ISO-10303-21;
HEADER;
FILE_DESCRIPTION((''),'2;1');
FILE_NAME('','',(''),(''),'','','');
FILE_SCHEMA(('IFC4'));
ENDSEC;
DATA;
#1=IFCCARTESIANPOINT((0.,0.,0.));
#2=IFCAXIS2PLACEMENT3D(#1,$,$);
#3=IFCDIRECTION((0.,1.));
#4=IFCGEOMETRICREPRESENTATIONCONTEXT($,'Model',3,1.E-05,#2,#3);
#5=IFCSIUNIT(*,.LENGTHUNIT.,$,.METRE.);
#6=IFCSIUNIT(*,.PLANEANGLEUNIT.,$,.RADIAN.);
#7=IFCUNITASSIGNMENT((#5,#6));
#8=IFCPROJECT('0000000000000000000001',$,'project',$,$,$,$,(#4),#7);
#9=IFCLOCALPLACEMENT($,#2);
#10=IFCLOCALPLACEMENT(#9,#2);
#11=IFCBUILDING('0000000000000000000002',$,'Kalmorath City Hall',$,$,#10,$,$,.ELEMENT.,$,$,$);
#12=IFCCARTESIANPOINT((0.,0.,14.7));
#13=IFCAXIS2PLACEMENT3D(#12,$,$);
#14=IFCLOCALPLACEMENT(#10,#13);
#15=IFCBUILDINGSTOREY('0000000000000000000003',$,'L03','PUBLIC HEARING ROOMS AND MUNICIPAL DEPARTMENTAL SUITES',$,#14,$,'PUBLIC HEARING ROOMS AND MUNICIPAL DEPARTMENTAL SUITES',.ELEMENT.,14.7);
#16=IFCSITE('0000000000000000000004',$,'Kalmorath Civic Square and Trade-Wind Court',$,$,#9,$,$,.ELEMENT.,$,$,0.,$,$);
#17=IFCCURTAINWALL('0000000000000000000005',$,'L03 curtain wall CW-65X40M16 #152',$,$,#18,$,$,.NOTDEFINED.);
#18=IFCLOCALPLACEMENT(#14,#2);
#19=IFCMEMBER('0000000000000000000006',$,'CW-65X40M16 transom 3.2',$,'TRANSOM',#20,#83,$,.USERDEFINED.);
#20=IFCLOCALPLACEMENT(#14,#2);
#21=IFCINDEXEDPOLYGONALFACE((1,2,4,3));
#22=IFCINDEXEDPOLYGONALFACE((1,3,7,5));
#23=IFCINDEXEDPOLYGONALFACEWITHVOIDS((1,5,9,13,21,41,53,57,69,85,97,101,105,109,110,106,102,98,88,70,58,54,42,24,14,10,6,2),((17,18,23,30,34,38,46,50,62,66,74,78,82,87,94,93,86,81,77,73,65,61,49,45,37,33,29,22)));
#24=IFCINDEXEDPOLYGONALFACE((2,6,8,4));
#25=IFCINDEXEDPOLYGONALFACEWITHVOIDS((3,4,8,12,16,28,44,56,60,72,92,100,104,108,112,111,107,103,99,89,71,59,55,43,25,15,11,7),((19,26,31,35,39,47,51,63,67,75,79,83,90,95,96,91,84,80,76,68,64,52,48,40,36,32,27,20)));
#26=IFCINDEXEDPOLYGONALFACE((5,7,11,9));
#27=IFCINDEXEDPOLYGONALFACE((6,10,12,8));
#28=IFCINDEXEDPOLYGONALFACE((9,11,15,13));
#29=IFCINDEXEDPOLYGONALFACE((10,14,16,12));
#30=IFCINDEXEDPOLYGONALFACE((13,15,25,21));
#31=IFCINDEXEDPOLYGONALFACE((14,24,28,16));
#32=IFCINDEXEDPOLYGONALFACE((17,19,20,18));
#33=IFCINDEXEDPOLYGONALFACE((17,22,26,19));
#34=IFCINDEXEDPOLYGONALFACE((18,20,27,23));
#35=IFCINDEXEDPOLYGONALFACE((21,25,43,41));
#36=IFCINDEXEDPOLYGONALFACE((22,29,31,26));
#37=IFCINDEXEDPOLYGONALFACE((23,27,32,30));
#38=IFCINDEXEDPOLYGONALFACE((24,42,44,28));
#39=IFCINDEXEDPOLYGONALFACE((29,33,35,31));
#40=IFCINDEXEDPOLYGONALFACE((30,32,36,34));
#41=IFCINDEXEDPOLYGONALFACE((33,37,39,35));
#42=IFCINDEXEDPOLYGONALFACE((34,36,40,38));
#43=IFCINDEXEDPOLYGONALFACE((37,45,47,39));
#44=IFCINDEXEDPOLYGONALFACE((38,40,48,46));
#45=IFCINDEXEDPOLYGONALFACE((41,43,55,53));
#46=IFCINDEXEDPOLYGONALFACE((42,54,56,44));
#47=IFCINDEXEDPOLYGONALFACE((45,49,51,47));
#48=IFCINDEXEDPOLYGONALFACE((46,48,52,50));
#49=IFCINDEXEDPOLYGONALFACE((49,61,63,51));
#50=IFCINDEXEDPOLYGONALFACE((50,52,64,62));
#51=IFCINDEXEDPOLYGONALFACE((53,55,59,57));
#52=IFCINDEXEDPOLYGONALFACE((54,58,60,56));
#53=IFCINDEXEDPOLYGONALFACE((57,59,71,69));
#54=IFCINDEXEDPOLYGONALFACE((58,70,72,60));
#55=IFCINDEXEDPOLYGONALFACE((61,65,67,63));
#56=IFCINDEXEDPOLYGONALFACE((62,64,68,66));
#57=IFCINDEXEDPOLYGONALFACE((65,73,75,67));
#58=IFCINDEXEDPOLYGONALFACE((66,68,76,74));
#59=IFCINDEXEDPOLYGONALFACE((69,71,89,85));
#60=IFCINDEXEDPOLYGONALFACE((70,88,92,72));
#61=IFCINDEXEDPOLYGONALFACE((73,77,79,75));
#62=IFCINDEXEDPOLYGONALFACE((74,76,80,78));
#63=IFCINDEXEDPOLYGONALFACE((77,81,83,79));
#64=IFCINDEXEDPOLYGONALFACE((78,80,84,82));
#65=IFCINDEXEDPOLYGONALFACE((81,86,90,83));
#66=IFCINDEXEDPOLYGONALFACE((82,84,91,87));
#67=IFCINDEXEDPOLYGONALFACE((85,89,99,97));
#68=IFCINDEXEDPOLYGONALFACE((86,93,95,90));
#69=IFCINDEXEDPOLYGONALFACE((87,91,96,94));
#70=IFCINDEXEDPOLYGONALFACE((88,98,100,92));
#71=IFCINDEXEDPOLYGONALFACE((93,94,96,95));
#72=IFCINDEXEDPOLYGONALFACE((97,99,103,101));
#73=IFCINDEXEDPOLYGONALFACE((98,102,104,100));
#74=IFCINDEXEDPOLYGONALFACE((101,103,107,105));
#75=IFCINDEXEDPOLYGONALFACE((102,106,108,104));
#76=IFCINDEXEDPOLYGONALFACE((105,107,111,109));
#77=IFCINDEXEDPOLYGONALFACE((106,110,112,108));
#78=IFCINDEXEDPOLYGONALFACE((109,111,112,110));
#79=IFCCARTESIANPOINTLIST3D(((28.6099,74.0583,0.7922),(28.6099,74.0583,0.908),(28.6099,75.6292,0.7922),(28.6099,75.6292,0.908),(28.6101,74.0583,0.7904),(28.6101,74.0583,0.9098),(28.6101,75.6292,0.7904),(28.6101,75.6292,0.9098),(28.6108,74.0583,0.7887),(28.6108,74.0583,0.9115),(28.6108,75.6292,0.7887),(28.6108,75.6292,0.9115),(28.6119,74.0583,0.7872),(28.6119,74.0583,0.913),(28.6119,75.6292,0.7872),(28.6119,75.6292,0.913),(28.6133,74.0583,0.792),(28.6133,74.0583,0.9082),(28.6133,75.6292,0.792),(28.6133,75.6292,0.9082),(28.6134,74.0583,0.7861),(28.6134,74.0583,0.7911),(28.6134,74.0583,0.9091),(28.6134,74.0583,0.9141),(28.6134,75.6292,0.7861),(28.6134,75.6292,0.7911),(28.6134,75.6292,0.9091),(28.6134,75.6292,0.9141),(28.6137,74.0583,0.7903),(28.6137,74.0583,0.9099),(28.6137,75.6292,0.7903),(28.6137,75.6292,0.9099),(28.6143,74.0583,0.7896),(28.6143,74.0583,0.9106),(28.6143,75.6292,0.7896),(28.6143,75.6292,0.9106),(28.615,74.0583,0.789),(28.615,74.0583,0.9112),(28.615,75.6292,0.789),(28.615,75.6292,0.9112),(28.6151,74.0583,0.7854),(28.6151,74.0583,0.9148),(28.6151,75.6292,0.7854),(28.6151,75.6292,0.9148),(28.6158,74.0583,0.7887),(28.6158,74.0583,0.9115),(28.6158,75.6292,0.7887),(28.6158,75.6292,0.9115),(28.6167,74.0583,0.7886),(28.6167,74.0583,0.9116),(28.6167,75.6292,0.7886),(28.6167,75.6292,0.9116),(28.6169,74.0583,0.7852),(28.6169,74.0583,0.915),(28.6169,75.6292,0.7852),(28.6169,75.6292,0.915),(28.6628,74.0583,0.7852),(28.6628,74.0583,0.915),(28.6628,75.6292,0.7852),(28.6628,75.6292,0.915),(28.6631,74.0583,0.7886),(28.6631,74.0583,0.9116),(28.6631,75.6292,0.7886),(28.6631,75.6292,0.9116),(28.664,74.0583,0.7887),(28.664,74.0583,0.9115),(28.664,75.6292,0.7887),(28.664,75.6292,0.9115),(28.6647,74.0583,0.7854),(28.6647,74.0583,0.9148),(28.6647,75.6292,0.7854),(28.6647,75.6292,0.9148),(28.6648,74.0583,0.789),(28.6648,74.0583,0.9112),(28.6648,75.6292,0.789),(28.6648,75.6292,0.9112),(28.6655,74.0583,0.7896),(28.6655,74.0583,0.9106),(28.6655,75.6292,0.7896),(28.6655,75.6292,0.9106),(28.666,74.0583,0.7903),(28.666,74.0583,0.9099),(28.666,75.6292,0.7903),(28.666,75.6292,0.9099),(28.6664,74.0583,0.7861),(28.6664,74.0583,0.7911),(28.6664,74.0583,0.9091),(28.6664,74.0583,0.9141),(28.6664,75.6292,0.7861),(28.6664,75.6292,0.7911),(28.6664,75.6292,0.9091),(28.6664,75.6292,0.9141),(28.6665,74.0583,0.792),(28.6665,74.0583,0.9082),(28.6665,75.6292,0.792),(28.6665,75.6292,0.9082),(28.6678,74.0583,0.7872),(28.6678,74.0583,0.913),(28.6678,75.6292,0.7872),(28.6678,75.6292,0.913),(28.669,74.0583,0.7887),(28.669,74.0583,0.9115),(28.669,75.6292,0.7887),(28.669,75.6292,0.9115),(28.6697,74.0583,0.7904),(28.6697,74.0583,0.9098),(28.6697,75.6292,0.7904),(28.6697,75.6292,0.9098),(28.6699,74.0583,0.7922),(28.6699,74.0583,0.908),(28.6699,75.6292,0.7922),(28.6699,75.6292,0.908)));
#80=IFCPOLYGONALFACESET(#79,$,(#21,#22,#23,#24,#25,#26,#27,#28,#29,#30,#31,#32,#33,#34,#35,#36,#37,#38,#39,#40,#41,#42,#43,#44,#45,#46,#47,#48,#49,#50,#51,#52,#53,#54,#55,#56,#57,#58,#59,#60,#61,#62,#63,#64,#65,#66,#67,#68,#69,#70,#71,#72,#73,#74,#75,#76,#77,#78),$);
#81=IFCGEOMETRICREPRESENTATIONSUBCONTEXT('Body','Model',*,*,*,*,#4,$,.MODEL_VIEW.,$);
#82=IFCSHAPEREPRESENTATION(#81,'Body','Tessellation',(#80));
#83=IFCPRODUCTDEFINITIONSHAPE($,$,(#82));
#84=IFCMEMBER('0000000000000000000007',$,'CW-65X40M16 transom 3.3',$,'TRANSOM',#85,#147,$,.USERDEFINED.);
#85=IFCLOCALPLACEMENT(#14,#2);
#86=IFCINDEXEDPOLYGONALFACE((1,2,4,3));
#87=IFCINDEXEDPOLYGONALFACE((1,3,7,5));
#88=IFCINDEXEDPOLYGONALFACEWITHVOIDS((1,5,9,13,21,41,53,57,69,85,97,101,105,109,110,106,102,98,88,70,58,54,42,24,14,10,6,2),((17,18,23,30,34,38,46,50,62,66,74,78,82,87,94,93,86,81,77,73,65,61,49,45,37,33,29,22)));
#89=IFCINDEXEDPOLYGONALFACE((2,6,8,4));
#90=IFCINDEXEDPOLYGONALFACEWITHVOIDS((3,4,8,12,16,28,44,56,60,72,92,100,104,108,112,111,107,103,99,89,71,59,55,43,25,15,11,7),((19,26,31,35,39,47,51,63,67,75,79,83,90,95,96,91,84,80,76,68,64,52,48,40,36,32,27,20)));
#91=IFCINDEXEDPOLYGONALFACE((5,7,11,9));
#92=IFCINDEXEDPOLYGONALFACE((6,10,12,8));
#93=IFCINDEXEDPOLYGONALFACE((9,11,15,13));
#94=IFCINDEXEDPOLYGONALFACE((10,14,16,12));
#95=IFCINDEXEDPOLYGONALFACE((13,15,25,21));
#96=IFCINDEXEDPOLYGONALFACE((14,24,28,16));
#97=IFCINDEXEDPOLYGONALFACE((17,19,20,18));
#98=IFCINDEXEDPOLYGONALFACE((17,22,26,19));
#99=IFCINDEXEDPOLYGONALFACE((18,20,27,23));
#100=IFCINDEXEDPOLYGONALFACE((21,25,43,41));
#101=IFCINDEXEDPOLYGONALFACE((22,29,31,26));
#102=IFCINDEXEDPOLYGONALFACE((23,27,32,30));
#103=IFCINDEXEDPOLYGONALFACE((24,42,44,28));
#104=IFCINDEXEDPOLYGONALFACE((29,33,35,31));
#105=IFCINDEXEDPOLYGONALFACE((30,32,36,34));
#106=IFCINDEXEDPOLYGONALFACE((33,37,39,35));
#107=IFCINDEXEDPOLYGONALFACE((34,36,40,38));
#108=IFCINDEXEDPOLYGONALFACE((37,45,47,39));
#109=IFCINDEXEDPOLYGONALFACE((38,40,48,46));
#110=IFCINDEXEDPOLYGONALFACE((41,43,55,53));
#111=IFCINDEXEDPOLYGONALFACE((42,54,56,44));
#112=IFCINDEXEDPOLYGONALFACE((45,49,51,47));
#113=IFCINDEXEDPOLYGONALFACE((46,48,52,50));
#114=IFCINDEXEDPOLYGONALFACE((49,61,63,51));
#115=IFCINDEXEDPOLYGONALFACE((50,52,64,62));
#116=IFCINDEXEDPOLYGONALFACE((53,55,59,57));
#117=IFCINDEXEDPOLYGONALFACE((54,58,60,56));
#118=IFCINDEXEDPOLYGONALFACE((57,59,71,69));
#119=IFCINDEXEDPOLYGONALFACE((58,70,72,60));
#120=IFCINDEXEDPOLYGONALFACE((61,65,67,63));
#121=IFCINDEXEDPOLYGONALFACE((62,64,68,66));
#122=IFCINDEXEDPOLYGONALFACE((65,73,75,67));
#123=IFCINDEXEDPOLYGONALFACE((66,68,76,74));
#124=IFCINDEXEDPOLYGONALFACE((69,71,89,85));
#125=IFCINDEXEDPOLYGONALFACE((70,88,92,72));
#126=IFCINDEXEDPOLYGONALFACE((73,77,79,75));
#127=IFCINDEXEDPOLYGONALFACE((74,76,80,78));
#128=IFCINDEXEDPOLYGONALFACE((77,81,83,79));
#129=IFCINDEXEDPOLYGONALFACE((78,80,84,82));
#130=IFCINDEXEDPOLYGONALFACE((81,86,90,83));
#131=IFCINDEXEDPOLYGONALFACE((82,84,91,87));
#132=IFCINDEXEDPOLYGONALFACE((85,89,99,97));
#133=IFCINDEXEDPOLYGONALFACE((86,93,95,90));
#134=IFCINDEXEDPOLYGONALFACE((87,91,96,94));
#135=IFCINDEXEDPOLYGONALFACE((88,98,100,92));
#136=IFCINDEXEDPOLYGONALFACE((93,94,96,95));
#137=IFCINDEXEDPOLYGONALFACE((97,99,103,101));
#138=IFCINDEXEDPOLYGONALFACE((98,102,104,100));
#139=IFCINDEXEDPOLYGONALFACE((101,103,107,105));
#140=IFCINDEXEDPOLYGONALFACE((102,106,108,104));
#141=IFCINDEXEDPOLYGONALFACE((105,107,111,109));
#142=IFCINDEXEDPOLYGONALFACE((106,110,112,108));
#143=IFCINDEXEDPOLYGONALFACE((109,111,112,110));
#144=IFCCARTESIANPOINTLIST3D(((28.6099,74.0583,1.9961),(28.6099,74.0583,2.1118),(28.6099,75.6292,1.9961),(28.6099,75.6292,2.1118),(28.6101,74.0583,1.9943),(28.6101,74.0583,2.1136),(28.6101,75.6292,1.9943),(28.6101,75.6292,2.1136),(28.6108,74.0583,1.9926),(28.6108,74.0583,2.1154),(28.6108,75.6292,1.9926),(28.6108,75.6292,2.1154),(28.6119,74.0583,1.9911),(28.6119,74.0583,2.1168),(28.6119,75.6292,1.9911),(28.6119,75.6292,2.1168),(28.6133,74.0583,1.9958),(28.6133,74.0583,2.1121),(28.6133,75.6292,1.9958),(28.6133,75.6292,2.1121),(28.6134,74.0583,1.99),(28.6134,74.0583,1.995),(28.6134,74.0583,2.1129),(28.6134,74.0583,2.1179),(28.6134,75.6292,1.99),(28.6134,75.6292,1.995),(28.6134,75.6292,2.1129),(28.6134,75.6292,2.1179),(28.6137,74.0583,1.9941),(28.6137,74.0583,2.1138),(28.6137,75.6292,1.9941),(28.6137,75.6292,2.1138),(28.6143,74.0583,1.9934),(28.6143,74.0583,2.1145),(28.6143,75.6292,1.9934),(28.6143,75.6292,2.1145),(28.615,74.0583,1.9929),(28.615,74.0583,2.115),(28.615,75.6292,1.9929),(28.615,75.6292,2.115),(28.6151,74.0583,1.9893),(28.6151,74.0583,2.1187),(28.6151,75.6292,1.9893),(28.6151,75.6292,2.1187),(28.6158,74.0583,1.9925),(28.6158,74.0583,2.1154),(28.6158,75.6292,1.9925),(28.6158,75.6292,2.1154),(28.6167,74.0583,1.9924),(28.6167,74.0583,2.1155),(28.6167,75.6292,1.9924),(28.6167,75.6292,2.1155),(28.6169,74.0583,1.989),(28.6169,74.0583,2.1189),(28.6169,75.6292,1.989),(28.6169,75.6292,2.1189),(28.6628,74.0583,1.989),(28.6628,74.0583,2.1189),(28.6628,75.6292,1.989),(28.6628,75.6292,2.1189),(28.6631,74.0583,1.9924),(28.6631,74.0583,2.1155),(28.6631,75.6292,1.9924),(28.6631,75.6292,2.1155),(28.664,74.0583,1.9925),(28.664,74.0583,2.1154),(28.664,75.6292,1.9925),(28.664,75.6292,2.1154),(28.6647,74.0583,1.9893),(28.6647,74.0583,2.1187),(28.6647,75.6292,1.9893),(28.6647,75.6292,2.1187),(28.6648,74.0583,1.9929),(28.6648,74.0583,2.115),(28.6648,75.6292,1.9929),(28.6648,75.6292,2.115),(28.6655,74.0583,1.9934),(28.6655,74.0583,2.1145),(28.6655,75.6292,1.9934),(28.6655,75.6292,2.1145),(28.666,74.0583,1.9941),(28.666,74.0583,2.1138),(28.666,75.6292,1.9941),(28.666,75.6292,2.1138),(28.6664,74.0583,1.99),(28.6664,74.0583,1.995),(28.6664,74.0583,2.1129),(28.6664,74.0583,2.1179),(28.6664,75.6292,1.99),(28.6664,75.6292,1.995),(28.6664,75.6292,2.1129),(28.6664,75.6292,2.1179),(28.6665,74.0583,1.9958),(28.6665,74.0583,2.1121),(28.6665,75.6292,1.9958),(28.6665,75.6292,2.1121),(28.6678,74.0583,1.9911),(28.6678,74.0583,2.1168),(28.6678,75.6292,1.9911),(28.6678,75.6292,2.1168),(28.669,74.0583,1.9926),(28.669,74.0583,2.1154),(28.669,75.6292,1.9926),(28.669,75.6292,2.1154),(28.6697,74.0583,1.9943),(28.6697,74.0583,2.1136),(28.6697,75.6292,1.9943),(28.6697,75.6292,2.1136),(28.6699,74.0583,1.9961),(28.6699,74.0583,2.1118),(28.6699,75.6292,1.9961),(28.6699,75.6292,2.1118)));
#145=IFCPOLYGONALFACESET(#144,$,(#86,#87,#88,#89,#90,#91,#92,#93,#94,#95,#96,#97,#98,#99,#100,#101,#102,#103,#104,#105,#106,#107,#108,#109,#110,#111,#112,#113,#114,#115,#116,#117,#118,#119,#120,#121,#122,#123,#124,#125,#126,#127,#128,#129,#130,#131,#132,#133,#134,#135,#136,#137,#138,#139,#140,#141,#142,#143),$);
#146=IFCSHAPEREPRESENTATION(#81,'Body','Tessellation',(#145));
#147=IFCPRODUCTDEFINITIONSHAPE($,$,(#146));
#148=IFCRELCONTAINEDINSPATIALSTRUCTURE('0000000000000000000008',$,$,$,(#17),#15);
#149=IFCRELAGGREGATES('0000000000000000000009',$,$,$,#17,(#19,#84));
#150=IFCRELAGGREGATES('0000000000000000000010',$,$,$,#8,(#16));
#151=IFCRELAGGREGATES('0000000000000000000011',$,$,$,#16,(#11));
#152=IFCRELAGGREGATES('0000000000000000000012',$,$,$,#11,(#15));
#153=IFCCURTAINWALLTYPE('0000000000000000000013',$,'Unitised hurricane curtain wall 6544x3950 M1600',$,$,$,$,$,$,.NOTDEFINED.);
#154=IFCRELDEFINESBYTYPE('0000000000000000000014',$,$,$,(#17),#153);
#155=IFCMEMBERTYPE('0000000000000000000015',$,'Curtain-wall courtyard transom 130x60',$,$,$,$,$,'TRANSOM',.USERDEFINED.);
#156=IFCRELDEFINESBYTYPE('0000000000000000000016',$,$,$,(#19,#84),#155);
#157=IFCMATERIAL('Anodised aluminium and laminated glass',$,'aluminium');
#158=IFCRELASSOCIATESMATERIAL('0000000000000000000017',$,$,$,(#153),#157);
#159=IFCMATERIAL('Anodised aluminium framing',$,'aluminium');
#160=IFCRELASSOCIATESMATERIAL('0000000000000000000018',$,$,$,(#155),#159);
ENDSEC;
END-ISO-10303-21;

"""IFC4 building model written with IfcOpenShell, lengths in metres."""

from ifc_helpers import new_model, si_unit, direction, frame, origin, origin_2d, place, context, subcontext, project, spatial, hollow_rectangle, extrude, material, material_profile, profile_set, type_object, element, aggregate, save


model = new_model("IFC4")

# Units and contexts
model_context = context("Model", 3, precision=1e-05, world=origin(), true_north=direction((0.0, 1.0)))
body_context = subcontext(model_context, "Body", "Model", "MODEL_VIEW")
ifc_project = project(units=[si_unit("LENGTHUNIT", "METRE"), si_unit("PLANEANGLEUNIT", "RADIAN")], contexts=[model_context])

# Site, building, storey
site_placement = place(None, origin())
site = spatial("IfcSite", under=ifc_project, at=site_placement, Name="Kalmorath Civic Square and Trade-Wind Court", CompositionType="ELEMENT", RefElevation=0.0)
building_placement = place(site_placement, origin())
building = spatial("IfcBuilding", under=site, at=building_placement, Name="Kalmorath City Hall", CompositionType="ELEMENT")
storey_placement = place(building_placement, frame((0.0, 0.0, 14.7)))
storey = spatial("IfcBuildingStorey", under=building, at=storey_placement, Name="L03", Description="PUBLIC HEARING ROOMS AND MUNICIPAL DEPARTMENTAL SUITES", LongName="PUBLIC HEARING ROOMS AND MUNICIPAL DEPARTMENTAL SUITES", CompositionType="ELEMENT", Elevation=14.7)

# Curtain wall, members
ifc_material_1 = material(Name="Anodised aluminium and laminated glass", Category="aluminium")
curtain_wall_type = type_object("IfcCurtainWallType", Name="Unitised hurricane curtain wall 6544x3950 M1600", PredefinedType="NOTDEFINED", material=ifc_material_1)
curtain_wall_placement = place(storey_placement, origin())
curtain_wall = element("IfcCurtainWall", 1, at=curtain_wall_placement, inside=storey, type_object=curtain_wall_type, Name="L03 curtain wall CW-65X40M16 #152", PredefinedType="NOTDEFINED")
ifc_material_2 = material(Name="Anodised aluminium framing", Category="aluminium")
ifc_material_profile_1 = material_profile(ifc_material_2, hollow_rectangle(XDim=0.0601, YDim=0.1299, WallThickness=0.0034, InnerFilletRadius=0.0034, OuterFilletRadius=0.0071, at=origin_2d()), Name="ALU-TRN-130X60X3.5")
ifc_profile_set_1 = profile_set([ifc_material_profile_1], Name="Anodised aluminium framing")
member_type_1 = type_object("IfcMemberType", Name="Curtain-wall courtyard transom 130x60", ElementType="TRANSOM", PredefinedType="USERDEFINED", material=ifc_profile_set_1)
member_1_placement = place(storey_placement, frame((28.6399, 75.6292, 0.8501), z_axis=(0.0, -1.0, 0.0), x_axis=(1.0, 0.0, 0.0)))
member_1 = element("IfcMember", 2, at=member_1_placement, type_object=member_type_1, Name="CW-65X40M16 transom 3.2", ObjectType="TRANSOM", PredefinedType="USERDEFINED", context=body_context, shape_type="SweptSolid", body=[
    extrude(hollow_rectangle(XDim=0.0601, YDim=0.1299, WallThickness=0.0034, InnerFilletRadius=0.0034, OuterFilletRadius=0.0071, at=origin_2d()), origin(), (0.0, 0.0, 1.0), 1.5708),
])
member_2_placement = place(storey_placement, frame((28.6399, 75.6292, 2.054), z_axis=(0.0, -1.0, 0.0), x_axis=(1.0, 0.0, 0.0)))
member_2 = element("IfcMember", 3, at=member_2_placement, type_object=member_type_1, Name="CW-65X40M16 transom 3.3", ObjectType="TRANSOM", PredefinedType="USERDEFINED", context=body_context, shape_type="SweptSolid", body=[
    extrude(hollow_rectangle(XDim=0.0601, YDim=0.1299, WallThickness=0.0034, InnerFilletRadius=0.0034, OuterFilletRadius=0.0071, at=origin_2d()), origin(), (0.0, 0.0, 1.0), 1.5708),
])

aggregate(curtain_wall, [member_1, member_2])

save(model, "model.ifc")
